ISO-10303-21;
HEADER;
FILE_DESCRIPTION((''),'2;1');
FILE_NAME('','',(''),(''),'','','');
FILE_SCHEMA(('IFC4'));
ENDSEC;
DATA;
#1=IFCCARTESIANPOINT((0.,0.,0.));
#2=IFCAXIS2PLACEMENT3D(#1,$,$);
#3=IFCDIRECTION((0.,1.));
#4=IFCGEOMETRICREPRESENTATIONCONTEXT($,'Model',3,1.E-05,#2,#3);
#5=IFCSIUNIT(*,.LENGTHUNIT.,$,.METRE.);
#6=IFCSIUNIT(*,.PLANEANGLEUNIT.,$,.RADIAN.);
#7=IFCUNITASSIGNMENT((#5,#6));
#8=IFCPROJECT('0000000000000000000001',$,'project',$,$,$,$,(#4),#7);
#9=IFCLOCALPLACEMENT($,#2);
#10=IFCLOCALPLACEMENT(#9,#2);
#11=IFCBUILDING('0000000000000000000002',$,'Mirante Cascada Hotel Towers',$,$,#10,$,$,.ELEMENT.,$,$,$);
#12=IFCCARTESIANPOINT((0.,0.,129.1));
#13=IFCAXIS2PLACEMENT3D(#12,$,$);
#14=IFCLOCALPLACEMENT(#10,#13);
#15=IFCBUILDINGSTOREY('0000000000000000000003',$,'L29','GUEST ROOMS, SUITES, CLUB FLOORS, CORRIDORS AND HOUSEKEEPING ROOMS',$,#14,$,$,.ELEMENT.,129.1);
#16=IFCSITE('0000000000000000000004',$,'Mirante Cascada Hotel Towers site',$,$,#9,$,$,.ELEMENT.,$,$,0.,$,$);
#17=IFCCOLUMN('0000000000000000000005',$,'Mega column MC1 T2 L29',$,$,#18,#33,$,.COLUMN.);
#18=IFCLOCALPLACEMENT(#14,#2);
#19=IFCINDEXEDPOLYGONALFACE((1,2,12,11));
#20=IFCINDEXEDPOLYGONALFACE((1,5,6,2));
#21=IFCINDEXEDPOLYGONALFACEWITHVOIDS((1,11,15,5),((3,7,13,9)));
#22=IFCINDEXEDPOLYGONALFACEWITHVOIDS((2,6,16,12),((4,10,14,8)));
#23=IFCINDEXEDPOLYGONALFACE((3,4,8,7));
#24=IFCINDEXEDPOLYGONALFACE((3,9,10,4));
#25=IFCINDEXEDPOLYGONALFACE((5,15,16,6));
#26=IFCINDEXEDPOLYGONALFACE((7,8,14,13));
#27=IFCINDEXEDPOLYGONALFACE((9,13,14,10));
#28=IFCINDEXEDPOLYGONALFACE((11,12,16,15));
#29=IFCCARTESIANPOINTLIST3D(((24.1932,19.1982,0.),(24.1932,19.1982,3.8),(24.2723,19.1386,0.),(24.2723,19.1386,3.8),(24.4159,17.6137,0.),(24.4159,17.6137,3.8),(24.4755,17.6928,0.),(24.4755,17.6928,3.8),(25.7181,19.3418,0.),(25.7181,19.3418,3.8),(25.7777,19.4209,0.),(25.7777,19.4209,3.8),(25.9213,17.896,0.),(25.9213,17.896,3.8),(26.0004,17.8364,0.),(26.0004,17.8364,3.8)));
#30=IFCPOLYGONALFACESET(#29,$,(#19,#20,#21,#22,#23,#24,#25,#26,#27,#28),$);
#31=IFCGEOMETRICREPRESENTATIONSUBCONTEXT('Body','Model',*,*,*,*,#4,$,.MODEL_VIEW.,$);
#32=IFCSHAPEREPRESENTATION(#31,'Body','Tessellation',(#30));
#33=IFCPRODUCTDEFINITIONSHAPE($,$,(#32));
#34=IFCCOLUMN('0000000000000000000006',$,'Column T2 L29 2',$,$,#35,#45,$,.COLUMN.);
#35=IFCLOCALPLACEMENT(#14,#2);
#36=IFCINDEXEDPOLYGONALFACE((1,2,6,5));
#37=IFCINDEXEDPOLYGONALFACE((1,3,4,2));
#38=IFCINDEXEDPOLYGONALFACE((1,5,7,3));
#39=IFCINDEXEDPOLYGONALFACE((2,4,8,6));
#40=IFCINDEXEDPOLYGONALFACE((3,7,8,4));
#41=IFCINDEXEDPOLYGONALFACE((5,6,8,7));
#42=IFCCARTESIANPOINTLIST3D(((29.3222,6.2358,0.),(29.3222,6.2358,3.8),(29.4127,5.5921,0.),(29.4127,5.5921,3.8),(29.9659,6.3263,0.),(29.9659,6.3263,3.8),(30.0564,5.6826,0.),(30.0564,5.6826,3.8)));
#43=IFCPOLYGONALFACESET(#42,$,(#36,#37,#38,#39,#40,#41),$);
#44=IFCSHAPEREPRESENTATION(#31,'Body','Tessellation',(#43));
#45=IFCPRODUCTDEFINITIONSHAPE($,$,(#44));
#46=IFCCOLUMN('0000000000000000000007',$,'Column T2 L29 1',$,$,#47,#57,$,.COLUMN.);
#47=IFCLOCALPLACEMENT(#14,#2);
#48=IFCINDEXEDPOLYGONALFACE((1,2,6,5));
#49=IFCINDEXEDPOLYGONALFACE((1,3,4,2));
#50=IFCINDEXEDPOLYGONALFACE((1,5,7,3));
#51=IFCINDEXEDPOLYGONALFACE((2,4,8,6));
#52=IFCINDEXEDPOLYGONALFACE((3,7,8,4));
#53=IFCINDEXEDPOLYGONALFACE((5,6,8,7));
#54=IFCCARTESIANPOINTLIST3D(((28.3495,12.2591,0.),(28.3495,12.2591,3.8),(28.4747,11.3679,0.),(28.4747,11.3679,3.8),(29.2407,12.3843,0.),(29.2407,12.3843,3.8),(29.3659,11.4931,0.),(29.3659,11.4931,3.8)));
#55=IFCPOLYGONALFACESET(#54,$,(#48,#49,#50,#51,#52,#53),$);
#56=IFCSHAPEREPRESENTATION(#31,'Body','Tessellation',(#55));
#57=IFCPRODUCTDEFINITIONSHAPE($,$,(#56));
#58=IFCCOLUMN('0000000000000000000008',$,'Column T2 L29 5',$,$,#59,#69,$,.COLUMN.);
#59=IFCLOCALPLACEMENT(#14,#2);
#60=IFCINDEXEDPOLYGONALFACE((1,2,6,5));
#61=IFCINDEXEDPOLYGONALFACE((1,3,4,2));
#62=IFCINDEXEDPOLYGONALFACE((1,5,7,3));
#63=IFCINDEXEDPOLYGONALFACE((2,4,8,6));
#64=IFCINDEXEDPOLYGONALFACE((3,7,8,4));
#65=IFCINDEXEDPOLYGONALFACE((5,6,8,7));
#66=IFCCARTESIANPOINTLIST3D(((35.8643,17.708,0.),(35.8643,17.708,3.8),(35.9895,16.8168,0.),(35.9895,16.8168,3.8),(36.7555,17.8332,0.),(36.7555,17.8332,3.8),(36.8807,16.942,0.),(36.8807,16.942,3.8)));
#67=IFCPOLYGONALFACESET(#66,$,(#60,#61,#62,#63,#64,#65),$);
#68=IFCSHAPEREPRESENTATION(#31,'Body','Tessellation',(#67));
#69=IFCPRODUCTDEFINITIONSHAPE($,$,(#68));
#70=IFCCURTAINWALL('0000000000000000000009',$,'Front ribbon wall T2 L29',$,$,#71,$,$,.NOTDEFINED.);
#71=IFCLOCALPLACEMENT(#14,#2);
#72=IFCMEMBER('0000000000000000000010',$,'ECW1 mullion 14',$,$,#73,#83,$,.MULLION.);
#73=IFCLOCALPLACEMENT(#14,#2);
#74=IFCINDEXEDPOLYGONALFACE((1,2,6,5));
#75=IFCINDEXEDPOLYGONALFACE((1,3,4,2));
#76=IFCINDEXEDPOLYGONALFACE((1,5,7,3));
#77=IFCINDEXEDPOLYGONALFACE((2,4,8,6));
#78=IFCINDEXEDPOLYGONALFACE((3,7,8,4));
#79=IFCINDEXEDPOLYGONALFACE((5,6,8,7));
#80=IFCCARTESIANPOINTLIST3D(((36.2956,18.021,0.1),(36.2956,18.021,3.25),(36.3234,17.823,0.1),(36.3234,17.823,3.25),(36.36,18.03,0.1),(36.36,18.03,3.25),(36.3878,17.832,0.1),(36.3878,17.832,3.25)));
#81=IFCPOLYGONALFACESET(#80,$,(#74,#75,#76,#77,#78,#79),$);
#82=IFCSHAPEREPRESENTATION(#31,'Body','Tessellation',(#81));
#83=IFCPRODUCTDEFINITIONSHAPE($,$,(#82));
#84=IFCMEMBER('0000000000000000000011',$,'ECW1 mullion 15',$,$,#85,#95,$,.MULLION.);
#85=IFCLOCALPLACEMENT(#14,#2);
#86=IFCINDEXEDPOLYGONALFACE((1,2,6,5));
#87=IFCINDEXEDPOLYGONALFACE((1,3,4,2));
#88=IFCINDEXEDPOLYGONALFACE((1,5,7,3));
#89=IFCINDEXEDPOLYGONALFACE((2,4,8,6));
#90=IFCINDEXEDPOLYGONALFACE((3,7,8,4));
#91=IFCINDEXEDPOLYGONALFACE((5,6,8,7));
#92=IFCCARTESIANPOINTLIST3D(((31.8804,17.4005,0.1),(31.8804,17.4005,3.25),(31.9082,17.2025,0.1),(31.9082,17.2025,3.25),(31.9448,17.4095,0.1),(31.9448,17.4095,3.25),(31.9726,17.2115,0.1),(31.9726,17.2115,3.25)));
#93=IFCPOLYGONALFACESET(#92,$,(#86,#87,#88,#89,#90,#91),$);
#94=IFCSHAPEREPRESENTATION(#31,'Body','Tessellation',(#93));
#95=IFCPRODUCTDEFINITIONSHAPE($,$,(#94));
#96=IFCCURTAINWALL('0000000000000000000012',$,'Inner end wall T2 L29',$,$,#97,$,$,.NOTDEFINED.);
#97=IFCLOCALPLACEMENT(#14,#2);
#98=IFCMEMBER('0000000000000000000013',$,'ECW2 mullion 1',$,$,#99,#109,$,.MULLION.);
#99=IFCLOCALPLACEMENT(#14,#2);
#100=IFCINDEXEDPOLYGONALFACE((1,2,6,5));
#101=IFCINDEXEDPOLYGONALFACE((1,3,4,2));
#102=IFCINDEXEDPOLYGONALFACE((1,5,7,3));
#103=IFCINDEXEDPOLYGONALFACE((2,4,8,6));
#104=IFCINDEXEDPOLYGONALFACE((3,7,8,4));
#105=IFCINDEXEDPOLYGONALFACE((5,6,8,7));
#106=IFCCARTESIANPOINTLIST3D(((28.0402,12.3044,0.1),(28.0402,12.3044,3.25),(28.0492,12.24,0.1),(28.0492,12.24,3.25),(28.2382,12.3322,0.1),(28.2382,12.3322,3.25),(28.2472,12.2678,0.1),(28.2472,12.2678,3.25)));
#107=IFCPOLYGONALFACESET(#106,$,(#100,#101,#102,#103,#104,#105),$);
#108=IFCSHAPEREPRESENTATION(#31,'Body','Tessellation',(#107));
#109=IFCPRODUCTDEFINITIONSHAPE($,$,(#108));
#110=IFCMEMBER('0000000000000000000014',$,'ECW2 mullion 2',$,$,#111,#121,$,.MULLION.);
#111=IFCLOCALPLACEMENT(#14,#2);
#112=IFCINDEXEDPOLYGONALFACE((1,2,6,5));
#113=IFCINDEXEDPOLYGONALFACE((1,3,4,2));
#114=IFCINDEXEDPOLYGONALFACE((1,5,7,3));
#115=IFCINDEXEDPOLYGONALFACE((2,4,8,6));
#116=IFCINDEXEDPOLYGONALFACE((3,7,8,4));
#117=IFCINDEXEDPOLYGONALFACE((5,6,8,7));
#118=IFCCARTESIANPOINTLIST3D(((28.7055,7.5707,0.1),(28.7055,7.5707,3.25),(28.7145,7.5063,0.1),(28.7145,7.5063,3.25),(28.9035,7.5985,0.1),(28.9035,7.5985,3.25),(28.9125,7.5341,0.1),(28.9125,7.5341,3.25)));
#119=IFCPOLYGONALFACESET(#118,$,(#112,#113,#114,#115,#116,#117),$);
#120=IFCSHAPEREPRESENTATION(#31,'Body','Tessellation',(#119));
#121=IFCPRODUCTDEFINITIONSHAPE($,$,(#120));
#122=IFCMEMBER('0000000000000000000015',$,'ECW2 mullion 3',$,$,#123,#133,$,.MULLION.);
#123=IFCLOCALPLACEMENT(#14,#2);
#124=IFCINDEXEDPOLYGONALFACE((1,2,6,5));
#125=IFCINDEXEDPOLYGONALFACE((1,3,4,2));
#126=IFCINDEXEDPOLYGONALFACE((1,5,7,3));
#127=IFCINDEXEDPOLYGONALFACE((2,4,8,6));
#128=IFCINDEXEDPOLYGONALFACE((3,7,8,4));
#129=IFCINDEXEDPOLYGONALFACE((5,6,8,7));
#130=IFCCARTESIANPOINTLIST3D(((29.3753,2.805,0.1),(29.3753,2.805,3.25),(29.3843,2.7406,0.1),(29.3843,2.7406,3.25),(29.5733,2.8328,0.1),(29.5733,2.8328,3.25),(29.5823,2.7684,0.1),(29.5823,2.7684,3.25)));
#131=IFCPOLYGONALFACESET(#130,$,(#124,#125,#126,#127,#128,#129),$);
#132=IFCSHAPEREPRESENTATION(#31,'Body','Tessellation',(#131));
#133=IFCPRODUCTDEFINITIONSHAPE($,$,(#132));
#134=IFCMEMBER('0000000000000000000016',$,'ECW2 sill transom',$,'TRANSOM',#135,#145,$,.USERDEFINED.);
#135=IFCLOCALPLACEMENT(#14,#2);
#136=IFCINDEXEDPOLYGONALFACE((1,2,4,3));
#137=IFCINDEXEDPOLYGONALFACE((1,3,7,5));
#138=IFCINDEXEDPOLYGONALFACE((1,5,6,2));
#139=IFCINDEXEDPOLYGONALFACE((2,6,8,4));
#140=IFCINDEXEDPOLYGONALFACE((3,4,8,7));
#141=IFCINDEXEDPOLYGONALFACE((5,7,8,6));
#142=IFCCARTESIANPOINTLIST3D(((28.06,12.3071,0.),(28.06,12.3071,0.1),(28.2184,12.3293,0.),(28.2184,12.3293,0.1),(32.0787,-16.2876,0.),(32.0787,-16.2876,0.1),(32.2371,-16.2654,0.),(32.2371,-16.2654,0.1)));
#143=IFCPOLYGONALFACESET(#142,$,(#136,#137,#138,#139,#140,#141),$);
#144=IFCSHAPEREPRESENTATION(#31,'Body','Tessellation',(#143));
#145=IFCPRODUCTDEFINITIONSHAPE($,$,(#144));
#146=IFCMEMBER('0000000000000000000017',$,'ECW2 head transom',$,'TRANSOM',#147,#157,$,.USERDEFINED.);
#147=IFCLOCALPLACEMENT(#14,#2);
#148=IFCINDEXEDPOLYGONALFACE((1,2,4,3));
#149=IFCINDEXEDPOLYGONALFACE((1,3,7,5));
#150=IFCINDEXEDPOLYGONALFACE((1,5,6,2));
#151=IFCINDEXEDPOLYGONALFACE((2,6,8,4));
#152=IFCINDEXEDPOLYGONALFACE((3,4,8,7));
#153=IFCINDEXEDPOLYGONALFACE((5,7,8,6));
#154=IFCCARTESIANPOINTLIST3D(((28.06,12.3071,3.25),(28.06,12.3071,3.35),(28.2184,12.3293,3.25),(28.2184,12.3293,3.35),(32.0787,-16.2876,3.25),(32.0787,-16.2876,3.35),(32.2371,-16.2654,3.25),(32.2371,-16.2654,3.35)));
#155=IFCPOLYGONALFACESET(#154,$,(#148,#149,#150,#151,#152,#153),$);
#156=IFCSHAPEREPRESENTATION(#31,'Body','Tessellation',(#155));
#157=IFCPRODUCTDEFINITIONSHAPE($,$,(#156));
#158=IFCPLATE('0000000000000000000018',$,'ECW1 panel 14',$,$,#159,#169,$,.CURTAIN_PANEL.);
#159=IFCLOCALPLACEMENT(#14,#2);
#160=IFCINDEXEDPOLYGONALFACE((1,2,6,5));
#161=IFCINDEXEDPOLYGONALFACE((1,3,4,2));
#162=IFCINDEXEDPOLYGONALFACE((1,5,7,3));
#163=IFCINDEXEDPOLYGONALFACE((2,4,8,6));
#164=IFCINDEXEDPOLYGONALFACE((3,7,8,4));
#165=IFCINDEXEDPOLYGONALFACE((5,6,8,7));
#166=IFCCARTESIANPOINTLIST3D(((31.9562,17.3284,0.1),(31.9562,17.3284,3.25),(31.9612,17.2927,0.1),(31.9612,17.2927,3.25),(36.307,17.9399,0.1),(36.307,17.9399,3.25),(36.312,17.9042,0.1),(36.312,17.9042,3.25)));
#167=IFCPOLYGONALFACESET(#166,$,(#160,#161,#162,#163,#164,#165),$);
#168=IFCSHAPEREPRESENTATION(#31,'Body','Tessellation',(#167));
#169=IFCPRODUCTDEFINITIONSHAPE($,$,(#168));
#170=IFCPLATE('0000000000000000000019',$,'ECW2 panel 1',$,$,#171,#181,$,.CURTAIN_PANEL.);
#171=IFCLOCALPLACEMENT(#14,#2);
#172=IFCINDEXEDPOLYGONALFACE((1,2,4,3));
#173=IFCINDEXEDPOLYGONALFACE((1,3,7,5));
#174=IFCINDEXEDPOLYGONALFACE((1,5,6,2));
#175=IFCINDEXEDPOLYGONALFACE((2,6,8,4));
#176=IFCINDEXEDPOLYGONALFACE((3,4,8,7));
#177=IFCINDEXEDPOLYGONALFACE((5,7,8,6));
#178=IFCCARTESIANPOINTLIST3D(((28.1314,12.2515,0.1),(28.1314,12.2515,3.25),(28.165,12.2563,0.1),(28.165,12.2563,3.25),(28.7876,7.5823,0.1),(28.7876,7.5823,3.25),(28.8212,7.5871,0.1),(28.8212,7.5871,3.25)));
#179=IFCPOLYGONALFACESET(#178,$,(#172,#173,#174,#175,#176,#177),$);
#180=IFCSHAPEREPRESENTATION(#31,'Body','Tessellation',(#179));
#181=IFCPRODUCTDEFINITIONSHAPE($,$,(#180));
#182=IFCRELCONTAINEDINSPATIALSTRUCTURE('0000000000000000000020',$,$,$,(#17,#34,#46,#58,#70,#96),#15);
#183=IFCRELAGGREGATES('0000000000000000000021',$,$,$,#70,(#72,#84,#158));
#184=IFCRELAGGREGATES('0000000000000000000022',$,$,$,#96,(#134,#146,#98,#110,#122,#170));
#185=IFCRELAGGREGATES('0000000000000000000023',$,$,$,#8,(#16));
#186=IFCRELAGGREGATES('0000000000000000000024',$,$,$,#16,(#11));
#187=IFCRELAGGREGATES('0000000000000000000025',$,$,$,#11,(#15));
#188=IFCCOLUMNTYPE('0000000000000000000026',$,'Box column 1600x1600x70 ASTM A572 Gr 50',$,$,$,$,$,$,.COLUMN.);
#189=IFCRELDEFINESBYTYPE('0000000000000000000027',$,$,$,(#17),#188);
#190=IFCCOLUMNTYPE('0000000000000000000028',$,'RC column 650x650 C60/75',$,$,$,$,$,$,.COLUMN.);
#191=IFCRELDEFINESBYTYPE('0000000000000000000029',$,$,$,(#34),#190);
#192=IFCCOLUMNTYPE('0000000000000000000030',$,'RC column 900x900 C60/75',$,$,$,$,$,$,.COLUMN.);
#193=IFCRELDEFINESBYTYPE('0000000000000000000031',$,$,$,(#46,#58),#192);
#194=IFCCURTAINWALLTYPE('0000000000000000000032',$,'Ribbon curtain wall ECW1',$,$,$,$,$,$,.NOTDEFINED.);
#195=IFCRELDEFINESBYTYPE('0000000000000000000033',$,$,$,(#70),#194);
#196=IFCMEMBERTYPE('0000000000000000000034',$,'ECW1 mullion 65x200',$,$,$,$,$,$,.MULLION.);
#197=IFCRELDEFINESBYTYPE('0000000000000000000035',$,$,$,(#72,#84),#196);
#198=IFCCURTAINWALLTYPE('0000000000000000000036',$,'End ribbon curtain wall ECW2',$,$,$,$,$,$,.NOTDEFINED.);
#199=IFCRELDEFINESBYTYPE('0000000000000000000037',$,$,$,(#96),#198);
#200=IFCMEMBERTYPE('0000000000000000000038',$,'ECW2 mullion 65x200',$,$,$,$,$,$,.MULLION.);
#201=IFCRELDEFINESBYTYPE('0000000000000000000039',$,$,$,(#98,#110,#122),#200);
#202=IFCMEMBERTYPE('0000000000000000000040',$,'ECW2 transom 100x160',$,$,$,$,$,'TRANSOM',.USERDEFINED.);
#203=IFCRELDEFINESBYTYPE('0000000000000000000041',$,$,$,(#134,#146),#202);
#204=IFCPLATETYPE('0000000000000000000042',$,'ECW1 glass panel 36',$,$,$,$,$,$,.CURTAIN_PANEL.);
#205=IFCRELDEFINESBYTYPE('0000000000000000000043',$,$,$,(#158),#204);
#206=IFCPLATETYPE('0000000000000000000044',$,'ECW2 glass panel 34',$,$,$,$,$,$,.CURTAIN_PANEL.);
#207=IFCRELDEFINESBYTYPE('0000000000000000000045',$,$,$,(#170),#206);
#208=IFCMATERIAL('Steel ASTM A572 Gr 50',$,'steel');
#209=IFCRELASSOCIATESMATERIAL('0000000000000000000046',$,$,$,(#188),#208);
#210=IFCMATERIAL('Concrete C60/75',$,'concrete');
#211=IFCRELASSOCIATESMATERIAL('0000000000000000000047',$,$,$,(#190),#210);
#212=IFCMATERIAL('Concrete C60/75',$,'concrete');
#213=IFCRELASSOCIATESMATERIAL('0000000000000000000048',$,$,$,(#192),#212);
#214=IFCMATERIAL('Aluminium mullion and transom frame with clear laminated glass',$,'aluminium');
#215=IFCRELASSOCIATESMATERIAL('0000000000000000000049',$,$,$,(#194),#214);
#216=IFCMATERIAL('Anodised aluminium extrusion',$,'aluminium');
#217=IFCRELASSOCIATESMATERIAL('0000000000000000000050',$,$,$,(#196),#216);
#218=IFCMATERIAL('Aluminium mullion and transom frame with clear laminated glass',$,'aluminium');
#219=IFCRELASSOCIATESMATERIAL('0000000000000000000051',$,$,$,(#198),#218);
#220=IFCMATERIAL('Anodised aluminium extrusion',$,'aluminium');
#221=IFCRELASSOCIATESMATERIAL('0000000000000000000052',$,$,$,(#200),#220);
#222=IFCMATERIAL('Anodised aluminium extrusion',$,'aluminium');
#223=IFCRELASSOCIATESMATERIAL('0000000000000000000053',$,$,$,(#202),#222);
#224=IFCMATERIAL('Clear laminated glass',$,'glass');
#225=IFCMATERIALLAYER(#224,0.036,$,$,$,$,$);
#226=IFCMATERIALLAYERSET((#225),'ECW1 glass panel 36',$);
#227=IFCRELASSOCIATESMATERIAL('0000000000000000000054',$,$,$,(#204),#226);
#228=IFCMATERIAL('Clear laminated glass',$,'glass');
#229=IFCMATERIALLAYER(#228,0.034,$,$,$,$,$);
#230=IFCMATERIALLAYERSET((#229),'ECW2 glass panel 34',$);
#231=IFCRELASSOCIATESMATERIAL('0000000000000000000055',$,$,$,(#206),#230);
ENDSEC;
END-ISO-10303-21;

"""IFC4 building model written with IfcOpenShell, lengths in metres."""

from ifc_helpers import new_model, si_unit, direction, frame, origin, origin_2d, place, context, subcontext, project, spatial, rectangle, hollow_rectangle, extrude, material, layer, layer_set, material_profile, profile_set, type_object, element, aggregate, save


model = new_model("IFC4")

# Units and contexts
model_context = context("Model", 3, precision=1e-05, world=origin(), true_north=direction((0.0, 1.0)))
body_context = subcontext(model_context, "Body", "Model", "MODEL_VIEW")
ifc_project = project(units=[si_unit("LENGTHUNIT", "METRE"), si_unit("PLANEANGLEUNIT", "RADIAN")], contexts=[model_context])

# Site, building, storey
site_placement = place(None, origin())
site = spatial("IfcSite", under=ifc_project, at=site_placement, Name="Mirante Cascada Hotel Towers site", CompositionType="ELEMENT", RefElevation=0.0)
building_placement = place(site_placement, origin())
building = spatial("IfcBuilding", under=site, at=building_placement, Name="Mirante Cascada Hotel Towers", CompositionType="ELEMENT")
storey_placement = place(building_placement, frame((0.0, 0.0, 129.1)))
storey = spatial("IfcBuildingStorey", under=building, at=storey_placement, Name="L29", Description="GUEST ROOMS, SUITES, CLUB FLOORS, CORRIDORS AND HOUSEKEEPING ROOMS", CompositionType="ELEMENT", Elevation=129.1)

# Columns
ifc_material_1 = material(Name="Steel ASTM A572 Gr 50", Category="steel")
ifc_material_profile_1 = material_profile(ifc_material_1, hollow_rectangle(XDim=1.6, YDim=1.6, WallThickness=0.07, at=origin_2d()), Name="Box column 1600x1600x70 ASTM A572 Gr 50")
ifc_profile_set_1 = profile_set([ifc_material_profile_1], Name="Steel ASTM A572 Gr 50")
column_type_1 = type_object("IfcColumnType", Name="Box column 1600x1600x70 ASTM A572 Gr 50", PredefinedType="COLUMN", material=ifc_profile_set_1)
column_1_placement = place(storey_placement, frame((25.0968, 18.5173, 0.0), z_axis=(0.0, 0.0, 1.0), x_axis=(0.990268, 0.139173, 0.0)))
element("IfcColumn", 1, at=column_1_placement, inside=storey, type_object=column_type_1, Name="Mega column MC1 T2 L29", PredefinedType="COLUMN", context=body_context, shape_type="SweptSolid", body=[
    extrude(hollow_rectangle(XDim=1.6, YDim=1.6, WallThickness=0.07, at=origin_2d()), origin(), (0.0, 0.0, 1.0), 3.8),
])
ifc_material_2 = material(Name="Concrete C60/75", Category="concrete")
ifc_material_profile_2 = material_profile(ifc_material_2, rectangle(XDim=0.65, YDim=0.65, at=origin_2d()), Name="RC column 650x650 C60/75")
ifc_profile_set_2 = profile_set([ifc_material_profile_2], Name="Concrete C60/75")
column_type_2 = type_object("IfcColumnType", Name="RC column 650x650 C60/75", PredefinedType="COLUMN", material=ifc_profile_set_2)
column_2_placement = place(storey_placement, frame((29.6893, 5.9592, 0.0), z_axis=(0.0, 0.0, 1.0), x_axis=(0.990268, 0.139173, 0.0)))
element("IfcColumn", 2, at=column_2_placement, inside=storey, type_object=column_type_2, Name="Column T2 L29 2", PredefinedType="COLUMN", context=body_context, shape_type="SweptSolid", body=[
    extrude(rectangle(XDim=0.65, YDim=0.65, at=origin_2d()), origin(), (0.0, 0.0, 1.0), 3.8),
])
ifc_material_3 = material(Name="Concrete C60/75", Category="concrete")
ifc_material_profile_3 = material_profile(ifc_material_3, rectangle(XDim=0.9, YDim=0.9, at=origin_2d()), Name="RC column 900x900 C60/75")
ifc_profile_set_3 = profile_set([ifc_material_profile_3], Name="Concrete C60/75")
column_type_3 = type_object("IfcColumnType", Name="RC column 900x900 C60/75", PredefinedType="COLUMN", material=ifc_profile_set_3)
for number, where, z_axis, x_axis, name in (
    (3, (28.8577, 11.8761, 0.0), (0.0, 0.0, 1.0), (0.990268, 0.139173, 0.0), "Column T2 L29 1"),
    (4, (36.3725, 17.325, 0.0), (0.0, 0.0, 1.0), (0.990268, 0.139173, 0.0), "Column T2 L29 5"),
):
    element("IfcColumn", number, at=place(storey_placement, frame(where, z_axis=z_axis, x_axis=x_axis)), inside=storey, type_object=column_type_3, Name=name, PredefinedType="COLUMN", context=body_context, shape_type="SweptSolid", body=[
        extrude(rectangle(XDim=0.9, YDim=0.9, at=origin_2d()), origin(), (0.0, 0.0, 1.0), 3.8),
    ])

# Curtain walls, members
ifc_material_4 = material(Name="Aluminium mullion and transom frame with clear laminated glass", Category="aluminium")
curtain_wall_type_1 = type_object("IfcCurtainWallType", Name="Ribbon curtain wall ECW1", PredefinedType="NOTDEFINED", material=ifc_material_4)
curtain_wall_1_placement = place(storey_placement, origin())
curtain_wall_1 = element("IfcCurtainWall", 5, at=curtain_wall_1_placement, inside=storey, type_object=curtain_wall_type_1, Name="Front ribbon wall T2 L29", PredefinedType="NOTDEFINED")
ifc_material_5 = material(Name="Anodised aluminium extrusion", Category="aluminium")
ifc_material_profile_4 = material_profile(ifc_material_5, rectangle(XDim=0.2, YDim=0.065, at=origin_2d()), Name="ECW1 MULLION 65x200")
ifc_profile_set_4 = profile_set([ifc_material_profile_4], Name="Anodised aluminium extrusion")
member_type_1 = type_object("IfcMemberType", Name="ECW1 mullion 65x200", PredefinedType="MULLION", material=ifc_profile_set_4)
member_1_placement = place(storey_placement, frame((36.3417, 17.9265, 0.1), z_axis=(0.0, 0.0, 1.0), x_axis=(0.139173, -0.990268, 0.0)))
member_1 = element("IfcMember", 6, at=member_1_placement, type_object=member_type_1, Name="ECW1 mullion 14", PredefinedType="MULLION", context=body_context, shape_type="SweptSolid", body=[
    extrude(rectangle(XDim=0.2, YDim=0.065, at=origin_2d()), origin(), (0.0, 0.0, 1.0), 3.15),
])
member_2_placement = place(storey_placement, frame((31.9265, 17.306, 0.1), z_axis=(0.0, 0.0, 1.0), x_axis=(0.139173, -0.990268, 0.0)))
member_2 = element("IfcMember", 7, at=member_2_placement, type_object=member_type_1, Name="ECW1 mullion 15", PredefinedType="MULLION", context=body_context, shape_type="SweptSolid", body=[
    extrude(rectangle(XDim=0.2, YDim=0.065, at=origin_2d()), origin(), (0.0, 0.0, 1.0), 3.15),
])
ifc_material_6 = material(Name="Aluminium mullion and transom frame with clear laminated glass", Category="aluminium")
curtain_wall_type_2 = type_object("IfcCurtainWallType", Name="End ribbon curtain wall ECW2", PredefinedType="NOTDEFINED", material=ifc_material_6)
curtain_wall_2_placement = place(storey_placement, origin())
curtain_wall_2 = element("IfcCurtainWall", 8, at=curtain_wall_2_placement, inside=storey, type_object=curtain_wall_type_2, Name="Inner end wall T2 L29", PredefinedType="NOTDEFINED")
ifc_material_7 = material(Name="Anodised aluminium extrusion", Category="aluminium")
ifc_material_profile_5 = material_profile(ifc_material_7, rectangle(XDim=0.2, YDim=0.065, at=origin_2d()), Name="ECW2 MULLION 65x200")
ifc_profile_set_5 = profile_set([ifc_material_profile_5], Name="Anodised aluminium extrusion")
member_type_2 = type_object("IfcMemberType", Name="ECW2 mullion 65x200", PredefinedType="MULLION", material=ifc_profile_set_5)
member_3_placement = place(storey_placement, frame((28.1437, 12.2861, 0.1), z_axis=(0.0, 0.0, 1.0), x_axis=(0.990268, 0.139173, 0.0)))
member_3 = element("IfcMember", 9, at=member_3_placement, type_object=member_type_2, Name="ECW2 mullion 1", PredefinedType="MULLION", context=body_context, shape_type="SweptSolid", body=[
    extrude(rectangle(XDim=0.2, YDim=0.065, at=origin_2d()), origin(), (0.0, 0.0, 1.0), 3.15),
])
member_4_placement = place(storey_placement, frame((28.809, 7.5524, 0.1), z_axis=(0.0, 0.0, 1.0), x_axis=(0.990268, 0.139173, 0.0)))
member_4 = element("IfcMember", 10, at=member_4_placement, type_object=member_type_2, Name="ECW2 mullion 2", PredefinedType="MULLION", context=body_context, shape_type="SweptSolid", body=[
    extrude(rectangle(XDim=0.2, YDim=0.065, at=origin_2d()), origin(), (0.0, 0.0, 1.0), 3.15),
])
member_5_placement = place(storey_placement, frame((29.4788, 2.7867, 0.1), z_axis=(0.0, 0.0, 1.0), x_axis=(0.990268, 0.139173, 0.0)))
member_5 = element("IfcMember", 11, at=member_5_placement, type_object=member_type_2, Name="ECW2 mullion 3", PredefinedType="MULLION", context=body_context, shape_type="SweptSolid", body=[
    extrude(rectangle(XDim=0.2, YDim=0.065, at=origin_2d()), origin(), (0.0, 0.0, 1.0), 3.15),
])
ifc_material_8 = material(Name="Anodised aluminium extrusion", Category="aluminium")
ifc_material_profile_6 = material_profile(ifc_material_8, rectangle(XDim=0.16, YDim=0.1, at=origin_2d()), Name="ECW2 TRANSOM 100x160")
ifc_profile_set_6 = profile_set([ifc_material_profile_6], Name="Anodised aluminium extrusion")
member_type_3 = type_object("IfcMemberType", Name="ECW2 transom 100x160", ElementType="TRANSOM", PredefinedType="USERDEFINED", material=ifc_profile_set_6)
member_6_placement = place(storey_placement, frame((28.1392, 12.3182, 0.05), z_axis=(0.139172, -0.990268, 0.0), x_axis=(0.990268, 0.139172, 0.0)))
member_6 = element("IfcMember", 12, at=member_6_placement, type_object=member_type_3, Name="ECW2 sill transom", ObjectType="TRANSOM", PredefinedType="USERDEFINED", context=body_context, shape_type="SweptSolid", body=[
    extrude(rectangle(XDim=0.16, YDim=0.1, at=origin_2d()), origin(), (0.0, 0.0, 1.0), 28.8757),
])
member_7_placement = place(storey_placement, frame((28.1392, 12.3182, 3.3), z_axis=(0.139172, -0.990268, 0.0), x_axis=(0.990268, 0.139172, 0.0)))
member_7 = element("IfcMember", 13, at=member_7_placement, type_object=member_type_3, Name="ECW2 head transom", ObjectType="TRANSOM", PredefinedType="USERDEFINED", context=body_context, shape_type="SweptSolid", body=[
    extrude(rectangle(XDim=0.16, YDim=0.1, at=origin_2d()), origin(), (0.0, 0.0, 1.0), 28.8757),
])

# Plates
ifc_material_9 = material(Name="Clear laminated glass", Category="glass")
ifc_layer_1 = layer(ifc_material_9, 0.036)
ifc_layer_set_1 = layer_set([ifc_layer_1], Name="ECW1 glass panel 36")
plate_type_1 = type_object("IfcPlateType", Name="ECW1 glass panel 36", PredefinedType="CURTAIN_PANEL", material=ifc_layer_set_1)
plate_1_placement = place(storey_placement, frame((34.1341, 17.6163, 0.1), z_axis=(0.0, 0.0, 1.0), x_axis=(-0.990268, -0.139173, 0.0)))
plate_1 = element("IfcPlate", 14, at=plate_1_placement, type_object=plate_type_1, Name="ECW1 panel 14", PredefinedType="CURTAIN_PANEL", context=body_context, shape_type="SweptSolid", body=[
    extrude(rectangle(XDim=4.3936, YDim=0.036, at=origin_2d()), origin(), (0.0, 0.0, 1.0), 3.15),
])
aggregate(curtain_wall_1, [member_1, member_2, plate_1])
ifc_material_10 = material(Name="Clear laminated glass", Category="glass")
ifc_layer_2 = layer(ifc_material_10, 0.034)
ifc_layer_set_2 = layer_set([ifc_layer_2], Name="ECW2 glass panel 34")
plate_type_2 = type_object("IfcPlateType", Name="ECW2 glass panel 34", PredefinedType="CURTAIN_PANEL", material=ifc_layer_set_2)
plate_2_placement = place(storey_placement, frame((28.4763, 9.9193, 0.1), z_axis=(0.0, 0.0, 1.0), x_axis=(0.139173, -0.990268, 0.0)))
plate_2 = element("IfcPlate", 15, at=plate_2_placement, type_object=plate_type_2, Name="ECW2 panel 1", PredefinedType="CURTAIN_PANEL", context=body_context, shape_type="SweptSolid", body=[
    extrude(rectangle(XDim=4.7151, YDim=0.034, at=origin_2d()), origin(), (0.0, 0.0, 1.0), 3.15),
])
aggregate(curtain_wall_2, [member_6, member_7, member_3, member_4, member_5, plate_2])

save(model, "model.ifc")
